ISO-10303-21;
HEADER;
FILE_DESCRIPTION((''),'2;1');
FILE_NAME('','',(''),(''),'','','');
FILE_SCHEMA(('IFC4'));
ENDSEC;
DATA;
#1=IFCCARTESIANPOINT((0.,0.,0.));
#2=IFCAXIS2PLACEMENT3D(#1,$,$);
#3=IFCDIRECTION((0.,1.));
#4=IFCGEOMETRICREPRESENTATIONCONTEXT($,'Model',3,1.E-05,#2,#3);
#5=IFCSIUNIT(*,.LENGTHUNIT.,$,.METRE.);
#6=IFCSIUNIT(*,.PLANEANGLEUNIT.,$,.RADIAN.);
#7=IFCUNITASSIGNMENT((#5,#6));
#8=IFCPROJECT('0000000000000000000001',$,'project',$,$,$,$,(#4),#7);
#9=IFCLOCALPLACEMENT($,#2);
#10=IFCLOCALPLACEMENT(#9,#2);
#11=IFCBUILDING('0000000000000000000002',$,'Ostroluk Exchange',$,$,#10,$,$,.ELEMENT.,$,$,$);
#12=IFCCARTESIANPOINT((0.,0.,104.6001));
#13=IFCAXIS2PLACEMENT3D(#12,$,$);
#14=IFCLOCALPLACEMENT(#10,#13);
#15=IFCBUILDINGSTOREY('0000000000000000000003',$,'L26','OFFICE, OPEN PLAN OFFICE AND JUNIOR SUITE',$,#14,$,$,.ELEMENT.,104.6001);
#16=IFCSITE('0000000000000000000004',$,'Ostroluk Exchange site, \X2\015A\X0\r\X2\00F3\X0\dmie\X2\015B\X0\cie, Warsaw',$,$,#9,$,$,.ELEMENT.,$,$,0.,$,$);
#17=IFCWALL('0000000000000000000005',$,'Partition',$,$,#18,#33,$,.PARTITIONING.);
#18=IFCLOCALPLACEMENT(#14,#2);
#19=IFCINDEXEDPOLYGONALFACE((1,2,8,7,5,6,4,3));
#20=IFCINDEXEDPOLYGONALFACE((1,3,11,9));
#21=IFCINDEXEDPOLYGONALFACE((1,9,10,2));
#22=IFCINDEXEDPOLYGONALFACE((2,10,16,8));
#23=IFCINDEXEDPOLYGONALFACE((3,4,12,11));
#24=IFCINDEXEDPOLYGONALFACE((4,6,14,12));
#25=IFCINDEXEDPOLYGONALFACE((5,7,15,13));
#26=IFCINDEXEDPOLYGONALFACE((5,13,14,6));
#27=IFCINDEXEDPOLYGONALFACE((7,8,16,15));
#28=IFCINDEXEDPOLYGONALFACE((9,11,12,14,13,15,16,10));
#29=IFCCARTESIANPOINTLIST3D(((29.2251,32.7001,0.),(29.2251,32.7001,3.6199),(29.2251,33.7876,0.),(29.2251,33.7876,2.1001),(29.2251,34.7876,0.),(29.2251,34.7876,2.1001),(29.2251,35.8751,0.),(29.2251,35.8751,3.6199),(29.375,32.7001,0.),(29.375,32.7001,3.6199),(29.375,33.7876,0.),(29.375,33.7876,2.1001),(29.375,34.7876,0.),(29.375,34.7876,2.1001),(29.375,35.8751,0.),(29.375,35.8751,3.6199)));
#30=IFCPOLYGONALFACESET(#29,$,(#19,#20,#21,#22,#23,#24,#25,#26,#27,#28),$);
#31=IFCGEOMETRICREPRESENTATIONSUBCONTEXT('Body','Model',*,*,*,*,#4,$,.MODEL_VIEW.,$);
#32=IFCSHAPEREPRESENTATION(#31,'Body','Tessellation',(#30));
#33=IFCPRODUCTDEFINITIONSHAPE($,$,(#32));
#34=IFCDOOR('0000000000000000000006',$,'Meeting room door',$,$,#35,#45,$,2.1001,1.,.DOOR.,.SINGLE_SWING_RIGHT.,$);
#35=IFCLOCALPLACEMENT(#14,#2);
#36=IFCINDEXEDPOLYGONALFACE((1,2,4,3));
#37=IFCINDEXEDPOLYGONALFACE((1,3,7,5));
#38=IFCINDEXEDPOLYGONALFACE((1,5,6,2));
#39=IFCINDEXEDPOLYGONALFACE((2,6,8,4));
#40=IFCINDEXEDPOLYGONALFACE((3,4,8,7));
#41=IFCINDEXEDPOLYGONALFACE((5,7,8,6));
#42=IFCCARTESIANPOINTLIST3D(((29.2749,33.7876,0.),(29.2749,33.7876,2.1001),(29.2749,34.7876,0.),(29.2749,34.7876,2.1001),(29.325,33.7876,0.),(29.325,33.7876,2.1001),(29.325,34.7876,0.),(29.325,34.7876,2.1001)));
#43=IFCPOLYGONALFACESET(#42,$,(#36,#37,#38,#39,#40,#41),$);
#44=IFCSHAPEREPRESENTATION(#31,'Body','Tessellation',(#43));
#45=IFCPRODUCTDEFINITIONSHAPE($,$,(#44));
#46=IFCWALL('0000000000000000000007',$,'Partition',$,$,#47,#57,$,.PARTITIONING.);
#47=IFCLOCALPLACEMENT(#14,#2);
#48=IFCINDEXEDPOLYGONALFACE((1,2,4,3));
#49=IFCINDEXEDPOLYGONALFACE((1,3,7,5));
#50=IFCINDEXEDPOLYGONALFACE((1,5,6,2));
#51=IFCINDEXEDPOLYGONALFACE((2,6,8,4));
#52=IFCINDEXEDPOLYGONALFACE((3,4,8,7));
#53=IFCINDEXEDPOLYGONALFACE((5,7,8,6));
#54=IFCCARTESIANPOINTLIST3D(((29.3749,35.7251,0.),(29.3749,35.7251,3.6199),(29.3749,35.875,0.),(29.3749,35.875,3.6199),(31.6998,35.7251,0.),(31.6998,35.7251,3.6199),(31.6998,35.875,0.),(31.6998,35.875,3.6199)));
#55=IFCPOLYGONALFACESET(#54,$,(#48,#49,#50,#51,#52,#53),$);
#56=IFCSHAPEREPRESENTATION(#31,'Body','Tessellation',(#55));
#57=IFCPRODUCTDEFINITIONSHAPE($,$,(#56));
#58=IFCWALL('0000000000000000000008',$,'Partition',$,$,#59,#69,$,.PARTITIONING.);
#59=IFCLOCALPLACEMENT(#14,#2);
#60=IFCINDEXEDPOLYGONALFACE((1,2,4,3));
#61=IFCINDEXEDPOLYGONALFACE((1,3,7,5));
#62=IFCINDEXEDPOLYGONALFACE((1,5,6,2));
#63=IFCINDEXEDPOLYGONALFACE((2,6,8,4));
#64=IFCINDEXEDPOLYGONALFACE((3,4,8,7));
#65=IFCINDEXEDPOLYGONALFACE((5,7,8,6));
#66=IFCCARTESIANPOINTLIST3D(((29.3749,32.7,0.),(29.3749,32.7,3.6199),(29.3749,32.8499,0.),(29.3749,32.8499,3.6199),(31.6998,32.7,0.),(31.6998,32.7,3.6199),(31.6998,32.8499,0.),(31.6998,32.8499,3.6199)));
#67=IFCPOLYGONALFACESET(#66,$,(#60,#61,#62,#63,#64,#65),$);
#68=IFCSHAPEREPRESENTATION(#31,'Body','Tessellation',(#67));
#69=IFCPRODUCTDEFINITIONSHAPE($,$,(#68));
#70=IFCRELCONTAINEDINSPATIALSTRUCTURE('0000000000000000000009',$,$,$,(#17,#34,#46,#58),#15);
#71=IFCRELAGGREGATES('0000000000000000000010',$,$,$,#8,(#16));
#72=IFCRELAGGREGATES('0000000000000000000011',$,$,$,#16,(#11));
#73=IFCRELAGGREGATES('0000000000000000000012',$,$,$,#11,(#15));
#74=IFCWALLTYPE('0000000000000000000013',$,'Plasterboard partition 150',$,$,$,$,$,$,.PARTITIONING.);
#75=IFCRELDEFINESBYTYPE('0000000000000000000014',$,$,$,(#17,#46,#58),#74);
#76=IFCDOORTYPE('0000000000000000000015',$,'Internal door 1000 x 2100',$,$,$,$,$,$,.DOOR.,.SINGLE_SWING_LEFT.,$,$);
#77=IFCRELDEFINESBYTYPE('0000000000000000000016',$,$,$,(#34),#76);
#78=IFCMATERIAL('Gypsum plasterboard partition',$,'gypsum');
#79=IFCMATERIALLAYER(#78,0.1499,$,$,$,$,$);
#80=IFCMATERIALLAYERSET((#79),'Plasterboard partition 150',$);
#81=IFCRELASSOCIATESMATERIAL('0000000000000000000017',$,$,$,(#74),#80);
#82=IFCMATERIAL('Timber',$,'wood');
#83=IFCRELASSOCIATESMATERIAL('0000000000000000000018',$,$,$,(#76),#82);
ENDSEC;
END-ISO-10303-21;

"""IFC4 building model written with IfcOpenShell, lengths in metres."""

from ifc_helpers import new_model, si_unit, direction, frame, frame_2d, origin, place, context, subcontext, project, spatial, rectangle, extrude, material, layer, layer_set, type_object, element, fill, save


model = new_model("IFC4")

# Units and contexts
model_context = context("Model", 3, precision=1e-05, world=origin(), true_north=direction((0.0, 1.0)))
body_context = subcontext(model_context, "Body", "Model", "MODEL_VIEW")
ifc_project = project(units=[si_unit("LENGTHUNIT", "METRE"), si_unit("PLANEANGLEUNIT", "RADIAN")], contexts=[model_context])

# Site, building, storey
site_placement = place(None, origin())
site = spatial("IfcSite", under=ifc_project, at=site_placement, Name="Ostroluk Exchange site, Śródmieście, Warsaw", CompositionType="ELEMENT", RefElevation=0.0)
building_placement = place(site_placement, origin())
building = spatial("IfcBuilding", under=site, at=building_placement, Name="Ostroluk Exchange", CompositionType="ELEMENT")
storey_placement = place(building_placement, frame((0.0, 0.0, 104.6001)))
storey = spatial("IfcBuildingStorey", under=building, at=storey_placement, Name="L26", Description="OFFICE, OPEN PLAN OFFICE AND JUNIOR SUITE", CompositionType="ELEMENT", Elevation=104.6001)

# Wall, opening, door
ifc_material_1 = material(Name="Gypsum plasterboard partition", Category="gypsum")
ifc_layer_1 = layer(ifc_material_1, 0.1499)
ifc_layer_set_1 = layer_set([ifc_layer_1], Name="Plasterboard partition 150")
wall_type_1 = type_object("IfcWallType", Name="Plasterboard partition 150", PredefinedType="PARTITIONING", material=ifc_layer_set_1)
wall_1_placement = place(storey_placement, frame((29.3, 35.875, 0.0), z_axis=(0.0, 0.0, 1.0), x_axis=(0.0, -1.0, 0.0)))
wall_1 = element("IfcWall", 1, at=wall_1_placement, inside=storey, type_object=wall_type_1, Name="Partition", PredefinedType="PARTITIONING", context=body_context, shape_type="SweptSolid", body=[
    extrude(rectangle(XDim=3.175, YDim=0.1499, at=frame_2d((1.5874, 0.0))), origin(), (0.0, 0.0, 1.0), 3.6199),
])
opening_1_placement = place(wall_1_placement, frame((1.0874, 0.0, 0.0)))
opening_1 = element("IfcOpeningElement", 2, at=opening_1_placement, cuts=wall_1, PredefinedType="OPENING", context=body_context, shape_type="SweptSolid", body=[
    extrude(rectangle(XDim=1.0, YDim=2.1001, at=frame_2d((0.5, 1.05))), frame((0.0, 0.085, 0.0), z_axis=(0.0, -1.0, 0.0), x_axis=(1.0, 0.0, 0.0)), (0.0, 0.0, 1.0), 0.1699),
])
ifc_material_2 = material(Name="Timber", Category="wood")
door_type_1 = type_object("IfcDoorType", Name="Internal door 1000 x 2100", OperationType="SINGLE_SWING_LEFT", PredefinedType="DOOR", material=ifc_material_2)
door_1_placement = place(opening_1_placement, origin())
door_1 = element("IfcDoor", 3, at=door_1_placement, inside=storey, type_object=door_type_1, Name="Meeting room door", OperationType="SINGLE_SWING_RIGHT", OverallHeight=2.1001, OverallWidth=1.0, PredefinedType="DOOR", context=body_context, shape_type="SweptSolid", body=[
    extrude(rectangle(XDim=1.0, YDim=2.1001, at=frame_2d((0.5, 1.05))), frame((0.0, 0.0249, 0.0), z_axis=(0.0, -1.0, 0.0), x_axis=(1.0, 0.0, 0.0)), (0.0, 0.0, 1.0), 0.05),
])
fill(opening_1, door_1)

# Walls
for number, where, z_axis, x_axis, name in (
    (4, (31.7, 35.8, 0.0), (0.0, 0.0, 1.0), (-1.0, 0.0, 0.0), "Partition"),
    (5, (31.7, 32.7749, 0.0), (0.0, 0.0, 1.0), (-1.0, 0.0, 0.0), "Partition"),
):
    element("IfcWall", number, at=place(storey_placement, frame(where, z_axis=z_axis, x_axis=x_axis)), inside=storey, type_object=wall_type_1, Name=name, PredefinedType="PARTITIONING", context=body_context, shape_type="SweptSolid", body=[
        extrude(rectangle(XDim=2.325, YDim=0.1499, at=frame_2d((1.1626, 0.0))), origin(), (0.0, 0.0, 1.0), 3.6199),
    ])

save(model, "model.ifc")
